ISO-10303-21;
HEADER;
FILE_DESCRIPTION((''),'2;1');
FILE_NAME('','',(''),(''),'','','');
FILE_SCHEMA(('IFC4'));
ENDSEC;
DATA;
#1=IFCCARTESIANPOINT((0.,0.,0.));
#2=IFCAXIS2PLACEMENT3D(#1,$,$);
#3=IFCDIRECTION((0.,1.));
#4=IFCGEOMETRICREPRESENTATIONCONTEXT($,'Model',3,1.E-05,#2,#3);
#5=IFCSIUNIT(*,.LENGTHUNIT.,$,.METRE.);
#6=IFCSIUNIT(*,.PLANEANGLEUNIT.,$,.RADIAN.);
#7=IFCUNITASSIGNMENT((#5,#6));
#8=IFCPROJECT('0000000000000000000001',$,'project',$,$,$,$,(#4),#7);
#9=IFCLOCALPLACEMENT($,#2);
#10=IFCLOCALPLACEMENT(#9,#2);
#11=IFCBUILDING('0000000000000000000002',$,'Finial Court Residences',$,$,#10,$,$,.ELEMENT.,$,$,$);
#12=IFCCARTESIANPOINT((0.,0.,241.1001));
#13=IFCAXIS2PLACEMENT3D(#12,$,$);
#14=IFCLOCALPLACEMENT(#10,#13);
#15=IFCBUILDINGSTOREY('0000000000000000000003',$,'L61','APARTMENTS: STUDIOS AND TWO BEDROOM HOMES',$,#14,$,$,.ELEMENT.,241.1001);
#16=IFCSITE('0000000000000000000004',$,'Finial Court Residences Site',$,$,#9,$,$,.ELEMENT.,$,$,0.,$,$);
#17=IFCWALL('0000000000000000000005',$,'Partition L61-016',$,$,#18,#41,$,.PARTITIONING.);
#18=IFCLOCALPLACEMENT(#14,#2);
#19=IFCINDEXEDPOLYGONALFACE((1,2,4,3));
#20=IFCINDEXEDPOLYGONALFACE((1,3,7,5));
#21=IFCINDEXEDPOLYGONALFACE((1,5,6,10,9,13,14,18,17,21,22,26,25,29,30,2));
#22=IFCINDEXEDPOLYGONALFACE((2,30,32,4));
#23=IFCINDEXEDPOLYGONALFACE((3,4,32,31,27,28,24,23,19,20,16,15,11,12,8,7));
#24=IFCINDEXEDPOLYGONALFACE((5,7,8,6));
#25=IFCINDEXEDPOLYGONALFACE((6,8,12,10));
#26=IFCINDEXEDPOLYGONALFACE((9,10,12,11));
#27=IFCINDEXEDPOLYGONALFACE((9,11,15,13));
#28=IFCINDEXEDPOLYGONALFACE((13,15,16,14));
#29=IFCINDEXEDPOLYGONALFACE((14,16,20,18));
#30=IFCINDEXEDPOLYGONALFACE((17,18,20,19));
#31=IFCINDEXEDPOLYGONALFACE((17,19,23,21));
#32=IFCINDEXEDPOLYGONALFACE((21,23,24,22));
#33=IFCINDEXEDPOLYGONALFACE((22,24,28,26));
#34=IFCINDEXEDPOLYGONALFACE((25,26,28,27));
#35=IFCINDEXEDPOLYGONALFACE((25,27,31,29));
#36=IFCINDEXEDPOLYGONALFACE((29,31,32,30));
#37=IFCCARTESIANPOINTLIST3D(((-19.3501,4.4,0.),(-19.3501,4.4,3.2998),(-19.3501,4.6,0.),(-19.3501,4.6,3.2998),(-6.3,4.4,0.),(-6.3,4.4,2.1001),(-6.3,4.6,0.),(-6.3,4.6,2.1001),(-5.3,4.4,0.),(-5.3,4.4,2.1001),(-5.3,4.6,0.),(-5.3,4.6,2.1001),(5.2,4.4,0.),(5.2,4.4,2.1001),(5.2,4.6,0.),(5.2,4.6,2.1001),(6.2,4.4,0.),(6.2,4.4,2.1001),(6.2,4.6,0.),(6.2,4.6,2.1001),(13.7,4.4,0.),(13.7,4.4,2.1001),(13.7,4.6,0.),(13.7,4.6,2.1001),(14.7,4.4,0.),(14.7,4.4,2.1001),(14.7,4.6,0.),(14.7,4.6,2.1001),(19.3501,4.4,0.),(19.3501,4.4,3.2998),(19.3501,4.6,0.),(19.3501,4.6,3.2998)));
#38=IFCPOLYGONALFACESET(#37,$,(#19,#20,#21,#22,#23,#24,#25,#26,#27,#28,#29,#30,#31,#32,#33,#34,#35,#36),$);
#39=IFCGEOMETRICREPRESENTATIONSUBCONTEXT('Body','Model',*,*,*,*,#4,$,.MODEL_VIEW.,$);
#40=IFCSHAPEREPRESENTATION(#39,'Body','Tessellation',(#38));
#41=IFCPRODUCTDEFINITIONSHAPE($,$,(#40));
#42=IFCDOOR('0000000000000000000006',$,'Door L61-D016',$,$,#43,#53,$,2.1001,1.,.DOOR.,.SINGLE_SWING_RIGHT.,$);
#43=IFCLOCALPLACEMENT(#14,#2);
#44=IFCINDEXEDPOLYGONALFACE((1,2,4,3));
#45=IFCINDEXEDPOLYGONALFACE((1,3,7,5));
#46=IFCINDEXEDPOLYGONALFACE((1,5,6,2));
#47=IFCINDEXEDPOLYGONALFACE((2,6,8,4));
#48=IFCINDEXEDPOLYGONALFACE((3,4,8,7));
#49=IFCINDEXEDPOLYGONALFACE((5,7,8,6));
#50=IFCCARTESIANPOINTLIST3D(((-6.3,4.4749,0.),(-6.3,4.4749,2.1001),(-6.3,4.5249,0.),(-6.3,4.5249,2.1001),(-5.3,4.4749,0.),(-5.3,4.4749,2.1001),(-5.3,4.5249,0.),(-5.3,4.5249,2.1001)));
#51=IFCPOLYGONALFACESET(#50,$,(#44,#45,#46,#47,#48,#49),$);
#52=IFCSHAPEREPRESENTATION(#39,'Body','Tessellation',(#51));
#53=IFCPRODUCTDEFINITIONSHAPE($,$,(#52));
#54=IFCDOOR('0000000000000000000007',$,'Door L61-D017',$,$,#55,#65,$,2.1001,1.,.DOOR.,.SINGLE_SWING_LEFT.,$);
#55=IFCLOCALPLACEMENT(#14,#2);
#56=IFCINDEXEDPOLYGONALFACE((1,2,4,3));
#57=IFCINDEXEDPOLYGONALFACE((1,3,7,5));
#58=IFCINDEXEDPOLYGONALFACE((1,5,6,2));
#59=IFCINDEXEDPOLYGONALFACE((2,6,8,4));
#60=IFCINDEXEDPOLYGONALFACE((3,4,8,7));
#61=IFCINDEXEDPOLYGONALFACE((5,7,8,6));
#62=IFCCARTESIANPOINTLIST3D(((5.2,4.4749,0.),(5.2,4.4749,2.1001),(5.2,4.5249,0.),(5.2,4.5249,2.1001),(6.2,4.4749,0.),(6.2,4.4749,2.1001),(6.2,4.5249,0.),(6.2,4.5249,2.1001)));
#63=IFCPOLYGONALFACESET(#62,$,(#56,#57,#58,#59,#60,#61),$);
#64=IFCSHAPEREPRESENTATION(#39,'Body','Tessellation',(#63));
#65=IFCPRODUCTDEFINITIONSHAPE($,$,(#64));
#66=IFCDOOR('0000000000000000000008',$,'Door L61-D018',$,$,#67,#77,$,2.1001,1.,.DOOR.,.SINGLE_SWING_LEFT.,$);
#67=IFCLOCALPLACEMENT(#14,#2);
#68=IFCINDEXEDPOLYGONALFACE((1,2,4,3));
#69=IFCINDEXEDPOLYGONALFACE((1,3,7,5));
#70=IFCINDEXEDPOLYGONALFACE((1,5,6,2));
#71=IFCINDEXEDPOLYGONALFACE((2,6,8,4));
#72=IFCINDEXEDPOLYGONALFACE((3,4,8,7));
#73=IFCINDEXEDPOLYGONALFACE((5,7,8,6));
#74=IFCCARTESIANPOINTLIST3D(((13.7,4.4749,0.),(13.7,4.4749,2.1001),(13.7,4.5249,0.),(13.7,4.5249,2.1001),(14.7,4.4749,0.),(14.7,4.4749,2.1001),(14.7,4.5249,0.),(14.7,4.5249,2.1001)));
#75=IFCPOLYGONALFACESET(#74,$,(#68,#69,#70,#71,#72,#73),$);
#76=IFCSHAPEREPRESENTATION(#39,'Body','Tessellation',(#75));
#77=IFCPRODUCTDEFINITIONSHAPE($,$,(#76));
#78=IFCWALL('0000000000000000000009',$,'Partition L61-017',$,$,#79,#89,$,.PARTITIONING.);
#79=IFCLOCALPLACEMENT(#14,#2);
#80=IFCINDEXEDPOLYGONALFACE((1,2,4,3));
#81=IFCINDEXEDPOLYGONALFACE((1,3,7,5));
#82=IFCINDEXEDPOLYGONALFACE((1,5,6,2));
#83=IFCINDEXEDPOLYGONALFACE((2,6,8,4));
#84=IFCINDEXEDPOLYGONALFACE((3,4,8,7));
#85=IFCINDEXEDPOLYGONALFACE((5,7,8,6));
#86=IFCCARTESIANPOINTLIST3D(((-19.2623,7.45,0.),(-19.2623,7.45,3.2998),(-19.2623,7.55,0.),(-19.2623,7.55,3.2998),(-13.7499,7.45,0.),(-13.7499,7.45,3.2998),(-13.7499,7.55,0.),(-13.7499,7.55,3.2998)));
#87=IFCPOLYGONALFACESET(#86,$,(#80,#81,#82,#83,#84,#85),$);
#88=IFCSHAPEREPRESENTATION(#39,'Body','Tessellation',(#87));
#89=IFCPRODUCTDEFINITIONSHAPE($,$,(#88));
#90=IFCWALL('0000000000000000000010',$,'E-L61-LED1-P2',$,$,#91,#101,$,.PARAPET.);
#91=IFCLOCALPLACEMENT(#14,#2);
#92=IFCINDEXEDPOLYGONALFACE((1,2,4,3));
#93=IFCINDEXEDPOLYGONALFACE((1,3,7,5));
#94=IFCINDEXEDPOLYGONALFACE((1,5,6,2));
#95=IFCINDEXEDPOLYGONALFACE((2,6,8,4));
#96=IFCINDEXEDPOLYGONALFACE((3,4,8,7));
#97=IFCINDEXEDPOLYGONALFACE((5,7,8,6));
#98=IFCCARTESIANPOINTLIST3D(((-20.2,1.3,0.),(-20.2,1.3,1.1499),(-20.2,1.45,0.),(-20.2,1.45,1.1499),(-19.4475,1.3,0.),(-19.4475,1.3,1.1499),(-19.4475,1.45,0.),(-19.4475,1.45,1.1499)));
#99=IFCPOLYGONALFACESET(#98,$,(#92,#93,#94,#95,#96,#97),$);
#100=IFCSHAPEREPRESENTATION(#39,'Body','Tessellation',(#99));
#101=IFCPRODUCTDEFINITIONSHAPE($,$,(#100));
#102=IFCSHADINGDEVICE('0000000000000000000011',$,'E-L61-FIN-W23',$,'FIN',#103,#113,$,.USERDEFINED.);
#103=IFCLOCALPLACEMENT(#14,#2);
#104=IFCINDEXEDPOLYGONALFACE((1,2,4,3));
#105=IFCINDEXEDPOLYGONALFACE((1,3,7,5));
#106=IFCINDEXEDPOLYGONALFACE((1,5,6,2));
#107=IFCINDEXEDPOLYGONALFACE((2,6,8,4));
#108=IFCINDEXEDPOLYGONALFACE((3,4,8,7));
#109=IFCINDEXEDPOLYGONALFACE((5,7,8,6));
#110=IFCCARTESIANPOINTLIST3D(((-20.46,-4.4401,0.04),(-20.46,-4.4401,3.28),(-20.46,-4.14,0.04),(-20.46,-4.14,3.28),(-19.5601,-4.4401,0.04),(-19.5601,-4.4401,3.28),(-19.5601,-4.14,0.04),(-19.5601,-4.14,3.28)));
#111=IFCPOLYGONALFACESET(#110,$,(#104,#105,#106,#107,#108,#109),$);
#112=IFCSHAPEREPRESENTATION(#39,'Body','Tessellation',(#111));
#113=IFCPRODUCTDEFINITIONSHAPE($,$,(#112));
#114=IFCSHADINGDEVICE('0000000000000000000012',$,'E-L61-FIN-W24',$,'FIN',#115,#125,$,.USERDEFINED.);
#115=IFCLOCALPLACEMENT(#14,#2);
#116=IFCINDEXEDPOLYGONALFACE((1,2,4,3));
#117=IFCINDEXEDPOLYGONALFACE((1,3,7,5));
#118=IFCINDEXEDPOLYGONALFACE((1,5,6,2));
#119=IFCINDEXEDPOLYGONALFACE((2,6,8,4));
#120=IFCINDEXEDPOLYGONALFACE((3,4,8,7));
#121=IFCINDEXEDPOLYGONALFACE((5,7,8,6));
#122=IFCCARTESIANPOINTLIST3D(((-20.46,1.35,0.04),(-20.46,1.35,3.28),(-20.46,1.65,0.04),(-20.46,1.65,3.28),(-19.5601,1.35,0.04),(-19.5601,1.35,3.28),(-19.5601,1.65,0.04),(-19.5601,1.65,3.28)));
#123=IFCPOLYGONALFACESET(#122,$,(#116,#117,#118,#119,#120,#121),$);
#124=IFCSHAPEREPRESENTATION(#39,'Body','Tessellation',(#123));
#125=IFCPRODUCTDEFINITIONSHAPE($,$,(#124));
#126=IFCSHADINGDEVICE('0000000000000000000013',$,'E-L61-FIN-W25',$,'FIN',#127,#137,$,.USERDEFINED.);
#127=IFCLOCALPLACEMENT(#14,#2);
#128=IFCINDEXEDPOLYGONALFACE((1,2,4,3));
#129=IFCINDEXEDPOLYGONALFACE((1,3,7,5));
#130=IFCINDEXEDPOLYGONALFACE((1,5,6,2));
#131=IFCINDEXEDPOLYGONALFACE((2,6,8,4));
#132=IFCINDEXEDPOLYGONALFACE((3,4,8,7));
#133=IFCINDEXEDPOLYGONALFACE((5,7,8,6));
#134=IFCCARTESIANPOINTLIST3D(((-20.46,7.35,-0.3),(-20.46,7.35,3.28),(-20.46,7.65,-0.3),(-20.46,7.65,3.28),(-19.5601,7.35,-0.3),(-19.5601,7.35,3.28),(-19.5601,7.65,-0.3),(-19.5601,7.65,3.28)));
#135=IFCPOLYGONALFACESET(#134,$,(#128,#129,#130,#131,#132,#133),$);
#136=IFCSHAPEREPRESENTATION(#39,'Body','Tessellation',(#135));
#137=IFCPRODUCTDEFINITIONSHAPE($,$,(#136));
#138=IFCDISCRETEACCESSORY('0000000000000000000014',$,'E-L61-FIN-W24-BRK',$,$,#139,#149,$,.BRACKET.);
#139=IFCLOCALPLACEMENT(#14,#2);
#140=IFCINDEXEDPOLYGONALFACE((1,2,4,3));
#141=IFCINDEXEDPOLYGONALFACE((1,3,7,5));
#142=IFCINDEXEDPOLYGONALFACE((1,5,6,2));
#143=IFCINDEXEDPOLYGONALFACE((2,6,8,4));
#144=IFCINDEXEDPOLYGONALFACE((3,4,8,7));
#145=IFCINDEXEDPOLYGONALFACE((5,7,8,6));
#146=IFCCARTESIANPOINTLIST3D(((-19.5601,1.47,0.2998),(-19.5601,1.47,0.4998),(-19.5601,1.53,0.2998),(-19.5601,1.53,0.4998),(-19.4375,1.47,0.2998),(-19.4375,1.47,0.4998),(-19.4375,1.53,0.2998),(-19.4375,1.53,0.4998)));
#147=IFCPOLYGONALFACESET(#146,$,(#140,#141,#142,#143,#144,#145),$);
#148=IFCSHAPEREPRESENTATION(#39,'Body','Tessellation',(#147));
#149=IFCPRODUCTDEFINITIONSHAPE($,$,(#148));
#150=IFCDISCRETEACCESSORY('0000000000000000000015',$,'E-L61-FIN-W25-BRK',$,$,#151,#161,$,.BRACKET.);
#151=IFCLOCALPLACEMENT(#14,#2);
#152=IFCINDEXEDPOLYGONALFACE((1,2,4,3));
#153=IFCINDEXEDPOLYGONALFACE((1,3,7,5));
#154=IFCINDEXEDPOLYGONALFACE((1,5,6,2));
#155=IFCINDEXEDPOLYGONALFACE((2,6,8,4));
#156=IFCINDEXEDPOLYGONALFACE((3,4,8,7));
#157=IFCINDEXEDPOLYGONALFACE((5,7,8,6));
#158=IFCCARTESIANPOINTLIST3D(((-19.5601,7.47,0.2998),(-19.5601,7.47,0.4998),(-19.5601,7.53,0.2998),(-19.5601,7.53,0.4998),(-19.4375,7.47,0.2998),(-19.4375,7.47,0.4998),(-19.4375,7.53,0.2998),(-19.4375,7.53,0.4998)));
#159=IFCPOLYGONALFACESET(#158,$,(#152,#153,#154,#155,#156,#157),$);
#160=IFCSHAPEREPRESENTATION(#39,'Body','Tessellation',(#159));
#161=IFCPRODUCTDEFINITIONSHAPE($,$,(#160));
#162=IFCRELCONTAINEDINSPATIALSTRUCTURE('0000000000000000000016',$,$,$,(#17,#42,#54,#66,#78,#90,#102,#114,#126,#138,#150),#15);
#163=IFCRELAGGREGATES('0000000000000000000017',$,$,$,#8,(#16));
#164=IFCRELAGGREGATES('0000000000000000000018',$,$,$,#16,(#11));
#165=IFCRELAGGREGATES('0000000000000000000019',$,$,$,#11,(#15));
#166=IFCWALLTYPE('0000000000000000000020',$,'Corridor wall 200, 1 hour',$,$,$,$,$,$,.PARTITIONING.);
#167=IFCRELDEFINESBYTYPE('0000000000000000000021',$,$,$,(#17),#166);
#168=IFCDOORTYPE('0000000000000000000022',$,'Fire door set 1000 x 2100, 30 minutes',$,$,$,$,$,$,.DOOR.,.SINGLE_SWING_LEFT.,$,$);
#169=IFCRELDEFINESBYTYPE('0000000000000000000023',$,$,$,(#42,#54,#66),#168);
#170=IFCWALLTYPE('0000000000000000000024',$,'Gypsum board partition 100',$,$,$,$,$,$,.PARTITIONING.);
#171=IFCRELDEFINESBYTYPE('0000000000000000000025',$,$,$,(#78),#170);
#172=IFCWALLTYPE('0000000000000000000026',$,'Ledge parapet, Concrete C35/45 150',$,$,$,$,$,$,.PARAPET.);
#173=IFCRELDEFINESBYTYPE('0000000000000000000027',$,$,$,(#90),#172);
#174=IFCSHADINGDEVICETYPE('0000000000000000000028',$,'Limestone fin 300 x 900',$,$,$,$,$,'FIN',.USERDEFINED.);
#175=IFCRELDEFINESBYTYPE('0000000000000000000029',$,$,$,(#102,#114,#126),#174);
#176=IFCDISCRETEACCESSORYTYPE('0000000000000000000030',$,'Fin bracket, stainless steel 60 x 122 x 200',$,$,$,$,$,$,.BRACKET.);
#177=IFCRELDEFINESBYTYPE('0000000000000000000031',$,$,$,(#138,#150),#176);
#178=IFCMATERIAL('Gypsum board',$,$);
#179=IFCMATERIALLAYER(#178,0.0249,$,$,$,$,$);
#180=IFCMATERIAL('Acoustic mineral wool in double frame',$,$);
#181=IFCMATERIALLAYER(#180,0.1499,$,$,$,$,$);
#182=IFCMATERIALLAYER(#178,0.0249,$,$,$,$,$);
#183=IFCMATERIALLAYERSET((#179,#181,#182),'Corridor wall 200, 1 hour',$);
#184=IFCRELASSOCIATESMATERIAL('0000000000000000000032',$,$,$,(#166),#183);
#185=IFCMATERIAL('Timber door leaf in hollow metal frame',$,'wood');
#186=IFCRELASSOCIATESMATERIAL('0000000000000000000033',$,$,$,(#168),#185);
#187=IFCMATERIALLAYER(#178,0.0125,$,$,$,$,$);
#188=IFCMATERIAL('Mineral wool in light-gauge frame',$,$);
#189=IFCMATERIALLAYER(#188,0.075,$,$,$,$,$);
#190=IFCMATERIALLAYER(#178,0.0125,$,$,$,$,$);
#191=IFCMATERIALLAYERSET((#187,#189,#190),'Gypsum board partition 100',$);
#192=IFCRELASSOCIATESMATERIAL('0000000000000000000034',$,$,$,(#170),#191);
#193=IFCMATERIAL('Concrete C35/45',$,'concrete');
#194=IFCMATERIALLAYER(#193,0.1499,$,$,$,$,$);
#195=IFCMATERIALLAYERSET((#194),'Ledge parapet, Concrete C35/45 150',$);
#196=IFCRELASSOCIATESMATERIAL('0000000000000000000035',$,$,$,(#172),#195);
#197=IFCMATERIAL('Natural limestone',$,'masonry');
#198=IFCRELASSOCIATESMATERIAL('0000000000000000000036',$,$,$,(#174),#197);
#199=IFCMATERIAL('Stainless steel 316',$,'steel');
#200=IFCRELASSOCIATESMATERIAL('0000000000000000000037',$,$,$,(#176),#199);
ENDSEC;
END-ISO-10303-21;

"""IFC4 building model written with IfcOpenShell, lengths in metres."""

from ifc_helpers import new_model, si_unit, direction, frame, frame_2d, origin, origin_2d, place, context, subcontext, project, spatial, rectangle, extrude, material, layer, layer_set, type_object, element, fill, save


model = new_model("IFC4")

# Units and contexts
model_context = context("Model", 3, precision=1e-05, world=origin(), true_north=direction((0.0, 1.0)))
body_context = subcontext(model_context, "Body", "Model", "MODEL_VIEW")
ifc_project = project(units=[si_unit("LENGTHUNIT", "METRE"), si_unit("PLANEANGLEUNIT", "RADIAN")], contexts=[model_context])

# Site, building, storey
site_placement = place(None, origin())
site = spatial("IfcSite", under=ifc_project, at=site_placement, Name="Finial Court Residences Site", CompositionType="ELEMENT", RefElevation=0.0)
building_placement = place(site_placement, origin())
building = spatial("IfcBuilding", under=site, at=building_placement, Name="Finial Court Residences", CompositionType="ELEMENT")
storey_placement = place(building_placement, frame((0.0, 0.0, 241.1001)))
storey = spatial("IfcBuildingStorey", under=building, at=storey_placement, Name="L61", Description="APARTMENTS: STUDIOS AND TWO BEDROOM HOMES", CompositionType="ELEMENT", Elevation=241.1001)

# Shared definitions
ifc_material_1 = material(Name="Gypsum board")
ifc_layer_1 = layer(ifc_material_1, 0.0249)
ifc_material_2 = material(Name="Acoustic mineral wool in double frame")
ifc_layer_2 = layer(ifc_material_2, 0.1499)
ifc_layer_3 = layer(ifc_material_1, 0.0249)
ifc_layer_set_1 = layer_set([ifc_layer_1, ifc_layer_2, ifc_layer_3], Name="Corridor wall 200, 1 hour")
wall_type_1 = type_object("IfcWallType", Name="Corridor wall 200, 1 hour", PredefinedType="PARTITIONING", material=ifc_layer_set_1)

# Wall, openings, doors
wall_1_placement = place(storey_placement, frame((-19.3501, 4.5, 0.0), z_axis=(0.0, 0.0, 1.0), x_axis=(1.0, 0.0, 0.0)))
wall_1 = element("IfcWall", 1, at=wall_1_placement, inside=storey, type_object=wall_type_1, Name="Partition L61-016", PredefinedType="PARTITIONING", context=body_context, shape_type="SweptSolid", body=[
    extrude(rectangle(XDim=38.7002, YDim=0.2, at=frame_2d((19.3501, 0.0))), origin(), (0.0, 0.0, 1.0), 3.2998),
])
opening_1_placement = place(wall_1_placement, frame((13.05, 0.0, 0.0)))
opening_1 = element("IfcOpeningElement", 2, at=opening_1_placement, cuts=wall_1, PredefinedType="OPENING", context=body_context, shape_type="SweptSolid", body=[
    extrude(rectangle(XDim=1.0, YDim=2.1001, at=frame_2d((0.5, 1.05))), frame((0.0, 0.1099, 0.0), z_axis=(0.0, -1.0, 0.0), x_axis=(1.0, 0.0, 0.0)), (0.0, 0.0, 1.0), 0.22),
])
opening_2_placement = place(wall_1_placement, frame((24.55, 0.0, 0.0)))
opening_2 = element("IfcOpeningElement", 3, at=opening_2_placement, cuts=wall_1, PredefinedType="OPENING", context=body_context, shape_type="SweptSolid", body=[
    extrude(rectangle(XDim=1.0, YDim=2.1001, at=frame_2d((0.5, 1.05))), frame((0.0, 0.1099, 0.0), z_axis=(0.0, -1.0, 0.0), x_axis=(1.0, 0.0, 0.0)), (0.0, 0.0, 1.0), 0.22),
])
opening_3_placement = place(wall_1_placement, frame((33.05, 0.0, 0.0)))
opening_3 = element("IfcOpeningElement", 4, at=opening_3_placement, cuts=wall_1, PredefinedType="OPENING", context=body_context, shape_type="SweptSolid", body=[
    extrude(rectangle(XDim=1.0, YDim=2.1001, at=frame_2d((0.5, 1.05))), frame((0.0, 0.1099, 0.0), z_axis=(0.0, -1.0, 0.0), x_axis=(1.0, 0.0, 0.0)), (0.0, 0.0, 1.0), 0.22),
])
ifc_material_3 = material(Name="Timber door leaf in hollow metal frame", Category="wood")
door_type = type_object("IfcDoorType", Name="Fire door set 1000 x 2100, 30 minutes", OperationType="SINGLE_SWING_LEFT", PredefinedType="DOOR", material=ifc_material_3)
door_1_placement = place(opening_1_placement, origin())
door_1 = element("IfcDoor", 5, at=door_1_placement, inside=storey, type_object=door_type, Name="Door L61-D016", OperationType="SINGLE_SWING_RIGHT", OverallHeight=2.1001, OverallWidth=1.0, PredefinedType="DOOR", context=body_context, shape_type="SweptSolid", body=[
    extrude(rectangle(XDim=1.0, YDim=2.1001, at=frame_2d((0.5, 1.05))), frame((0.0, 0.0249, 0.0), z_axis=(0.0, -1.0, 0.0), x_axis=(1.0, 0.0, 0.0)), (0.0, 0.0, 1.0), 0.05),
])
fill(opening_1, door_1)
door_2_placement = place(opening_2_placement, origin())
door_2 = element("IfcDoor", 6, at=door_2_placement, inside=storey, type_object=door_type, Name="Door L61-D017", OperationType="SINGLE_SWING_LEFT", OverallHeight=2.1001, OverallWidth=1.0, PredefinedType="DOOR", context=body_context, shape_type="SweptSolid", body=[
    extrude(rectangle(XDim=1.0, YDim=2.1001, at=frame_2d((0.5, 1.05))), frame((0.0, 0.0249, 0.0), z_axis=(0.0, -1.0, 0.0), x_axis=(1.0, 0.0, 0.0)), (0.0, 0.0, 1.0), 0.05),
])
fill(opening_2, door_2)
door_3_placement = place(opening_3_placement, origin())
door_3 = element("IfcDoor", 7, at=door_3_placement, inside=storey, type_object=door_type, Name="Door L61-D018", OperationType="SINGLE_SWING_LEFT", OverallHeight=2.1001, OverallWidth=1.0, PredefinedType="DOOR", context=body_context, shape_type="SweptSolid", body=[
    extrude(rectangle(XDim=1.0, YDim=2.1001, at=frame_2d((0.5, 1.05))), frame((0.0, 0.0249, 0.0), z_axis=(0.0, -1.0, 0.0), x_axis=(1.0, 0.0, 0.0)), (0.0, 0.0, 1.0), 0.05),
])
fill(opening_3, door_3)

# Walls
ifc_layer_4 = layer(ifc_material_1, 0.0125)
ifc_material_4 = material(Name="Mineral wool in light-gauge frame")
ifc_layer_5 = layer(ifc_material_4, 0.075)
ifc_layer_6 = layer(ifc_material_1, 0.0125)
ifc_layer_set_2 = layer_set([ifc_layer_4, ifc_layer_5, ifc_layer_6], Name="Gypsum board partition 100")
wall_type_2 = type_object("IfcWallType", Name="Gypsum board partition 100", PredefinedType="PARTITIONING", material=ifc_layer_set_2)
wall_2_placement = place(storey_placement, frame((-19.2625, 7.5, 0.0), z_axis=(0.0, 0.0, 1.0), x_axis=(1.0, 0.0, 0.0)))
element("IfcWall", 8, at=wall_2_placement, inside=storey, type_object=wall_type_2, Name="Partition L61-017", PredefinedType="PARTITIONING", context=body_context, shape_type="SweptSolid", body=[
    extrude(rectangle(XDim=5.5125, YDim=0.1001, at=frame_2d((2.7563, 0.0))), origin(), (0.0, 0.0, 1.0), 3.2998),
])
ifc_material_5 = material(Name="Concrete C35/45", Category="concrete")
ifc_layer_7 = layer(ifc_material_5, 0.1499)
ifc_layer_set_3 = layer_set([ifc_layer_7], Name="Ledge parapet, Concrete C35/45 150")
wall_type_3 = type_object("IfcWallType", Name="Ledge parapet, Concrete C35/45 150", PredefinedType="PARAPET", material=ifc_layer_set_3)
wall_3_placement = place(storey_placement, frame((-20.2, 1.375, 0.0), z_axis=(0.0, 0.0, 1.0), x_axis=(1.0, 0.0, 0.0)))
element("IfcWall", 9, at=wall_3_placement, inside=storey, type_object=wall_type_3, Name="E-L61-LED1-P2", PredefinedType="PARAPET", context=body_context, shape_type="SweptSolid", body=[
    extrude(rectangle(XDim=0.7524, YDim=0.1499, at=frame_2d((0.3762, 0.0))), origin(), (0.0, 0.0, 1.0), 1.1499),
])

# Shading devices
ifc_material_6 = material(Name="Natural limestone", Category="masonry")
shading_device_type = type_object("IfcShadingDeviceType", Name="Limestone fin 300 x 900", ElementType="FIN", PredefinedType="USERDEFINED", material=ifc_material_6)
for number, where, z_axis, x_axis, name in (
    (10, (-20.01, -4.29, 0.04), (0.0, 0.0, 1.0), (1.0, 0.0, 0.0), "E-L61-FIN-W23"),
    (11, (-20.01, 1.5, 0.04), (0.0, 0.0, 1.0), (1.0, 0.0, 0.0), "E-L61-FIN-W24"),
):
    element("IfcShadingDevice", number, at=place(storey_placement, frame(where, z_axis=z_axis, x_axis=x_axis)), inside=storey, type_object=shading_device_type, Name=name, ObjectType="FIN", PredefinedType="USERDEFINED", context=body_context, shape_type="SweptSolid", body=[
        extrude(rectangle(XDim=0.8999, YDim=0.3, at=origin_2d()), origin(), (0.0, 0.0, 1.0), 3.24),
    ])
shading_device_placement = place(storey_placement, frame((-20.01, 7.5, -0.3), z_axis=(0.0, 0.0, 1.0), x_axis=(1.0, 0.0, 0.0)))
element("IfcShadingDevice", 12, at=shading_device_placement, inside=storey, type_object=shading_device_type, Name="E-L61-FIN-W25", ObjectType="FIN", PredefinedType="USERDEFINED", context=body_context, shape_type="SweptSolid", body=[
    extrude(rectangle(XDim=0.8999, YDim=0.3, at=origin_2d()), origin(), (0.0, 0.0, 1.0), 3.5801),
])

# Discrete accessories
ifc_material_7 = material(Name="Stainless steel 316", Category="steel")
discrete_accessory_type = type_object("IfcDiscreteAccessoryType", Name="Fin bracket, stainless steel 60 x 122 x 200", PredefinedType="BRACKET", material=ifc_material_7)
for number, where, z_axis, x_axis, name in (
    (13, (-19.4988, 1.5, 0.2998), (0.0, 0.0, 1.0), (1.0, 0.0, 0.0), "E-L61-FIN-W24-BRK"),
    (14, (-19.4988, 7.5, 0.2998), (0.0, 0.0, 1.0), (1.0, 0.0, 0.0), "E-L61-FIN-W25-BRK"),
):
    element("IfcDiscreteAccessory", number, at=place(storey_placement, frame(where, z_axis=z_axis, x_axis=x_axis)), inside=storey, type_object=discrete_accessory_type, Name=name, PredefinedType="BRACKET", context=body_context, shape_type="SweptSolid", body=[
        extrude(rectangle(XDim=0.1226, YDim=0.0601, at=origin_2d()), origin(), (0.0, 0.0, 1.0), 0.2),
    ])

save(model, "model.ifc")
